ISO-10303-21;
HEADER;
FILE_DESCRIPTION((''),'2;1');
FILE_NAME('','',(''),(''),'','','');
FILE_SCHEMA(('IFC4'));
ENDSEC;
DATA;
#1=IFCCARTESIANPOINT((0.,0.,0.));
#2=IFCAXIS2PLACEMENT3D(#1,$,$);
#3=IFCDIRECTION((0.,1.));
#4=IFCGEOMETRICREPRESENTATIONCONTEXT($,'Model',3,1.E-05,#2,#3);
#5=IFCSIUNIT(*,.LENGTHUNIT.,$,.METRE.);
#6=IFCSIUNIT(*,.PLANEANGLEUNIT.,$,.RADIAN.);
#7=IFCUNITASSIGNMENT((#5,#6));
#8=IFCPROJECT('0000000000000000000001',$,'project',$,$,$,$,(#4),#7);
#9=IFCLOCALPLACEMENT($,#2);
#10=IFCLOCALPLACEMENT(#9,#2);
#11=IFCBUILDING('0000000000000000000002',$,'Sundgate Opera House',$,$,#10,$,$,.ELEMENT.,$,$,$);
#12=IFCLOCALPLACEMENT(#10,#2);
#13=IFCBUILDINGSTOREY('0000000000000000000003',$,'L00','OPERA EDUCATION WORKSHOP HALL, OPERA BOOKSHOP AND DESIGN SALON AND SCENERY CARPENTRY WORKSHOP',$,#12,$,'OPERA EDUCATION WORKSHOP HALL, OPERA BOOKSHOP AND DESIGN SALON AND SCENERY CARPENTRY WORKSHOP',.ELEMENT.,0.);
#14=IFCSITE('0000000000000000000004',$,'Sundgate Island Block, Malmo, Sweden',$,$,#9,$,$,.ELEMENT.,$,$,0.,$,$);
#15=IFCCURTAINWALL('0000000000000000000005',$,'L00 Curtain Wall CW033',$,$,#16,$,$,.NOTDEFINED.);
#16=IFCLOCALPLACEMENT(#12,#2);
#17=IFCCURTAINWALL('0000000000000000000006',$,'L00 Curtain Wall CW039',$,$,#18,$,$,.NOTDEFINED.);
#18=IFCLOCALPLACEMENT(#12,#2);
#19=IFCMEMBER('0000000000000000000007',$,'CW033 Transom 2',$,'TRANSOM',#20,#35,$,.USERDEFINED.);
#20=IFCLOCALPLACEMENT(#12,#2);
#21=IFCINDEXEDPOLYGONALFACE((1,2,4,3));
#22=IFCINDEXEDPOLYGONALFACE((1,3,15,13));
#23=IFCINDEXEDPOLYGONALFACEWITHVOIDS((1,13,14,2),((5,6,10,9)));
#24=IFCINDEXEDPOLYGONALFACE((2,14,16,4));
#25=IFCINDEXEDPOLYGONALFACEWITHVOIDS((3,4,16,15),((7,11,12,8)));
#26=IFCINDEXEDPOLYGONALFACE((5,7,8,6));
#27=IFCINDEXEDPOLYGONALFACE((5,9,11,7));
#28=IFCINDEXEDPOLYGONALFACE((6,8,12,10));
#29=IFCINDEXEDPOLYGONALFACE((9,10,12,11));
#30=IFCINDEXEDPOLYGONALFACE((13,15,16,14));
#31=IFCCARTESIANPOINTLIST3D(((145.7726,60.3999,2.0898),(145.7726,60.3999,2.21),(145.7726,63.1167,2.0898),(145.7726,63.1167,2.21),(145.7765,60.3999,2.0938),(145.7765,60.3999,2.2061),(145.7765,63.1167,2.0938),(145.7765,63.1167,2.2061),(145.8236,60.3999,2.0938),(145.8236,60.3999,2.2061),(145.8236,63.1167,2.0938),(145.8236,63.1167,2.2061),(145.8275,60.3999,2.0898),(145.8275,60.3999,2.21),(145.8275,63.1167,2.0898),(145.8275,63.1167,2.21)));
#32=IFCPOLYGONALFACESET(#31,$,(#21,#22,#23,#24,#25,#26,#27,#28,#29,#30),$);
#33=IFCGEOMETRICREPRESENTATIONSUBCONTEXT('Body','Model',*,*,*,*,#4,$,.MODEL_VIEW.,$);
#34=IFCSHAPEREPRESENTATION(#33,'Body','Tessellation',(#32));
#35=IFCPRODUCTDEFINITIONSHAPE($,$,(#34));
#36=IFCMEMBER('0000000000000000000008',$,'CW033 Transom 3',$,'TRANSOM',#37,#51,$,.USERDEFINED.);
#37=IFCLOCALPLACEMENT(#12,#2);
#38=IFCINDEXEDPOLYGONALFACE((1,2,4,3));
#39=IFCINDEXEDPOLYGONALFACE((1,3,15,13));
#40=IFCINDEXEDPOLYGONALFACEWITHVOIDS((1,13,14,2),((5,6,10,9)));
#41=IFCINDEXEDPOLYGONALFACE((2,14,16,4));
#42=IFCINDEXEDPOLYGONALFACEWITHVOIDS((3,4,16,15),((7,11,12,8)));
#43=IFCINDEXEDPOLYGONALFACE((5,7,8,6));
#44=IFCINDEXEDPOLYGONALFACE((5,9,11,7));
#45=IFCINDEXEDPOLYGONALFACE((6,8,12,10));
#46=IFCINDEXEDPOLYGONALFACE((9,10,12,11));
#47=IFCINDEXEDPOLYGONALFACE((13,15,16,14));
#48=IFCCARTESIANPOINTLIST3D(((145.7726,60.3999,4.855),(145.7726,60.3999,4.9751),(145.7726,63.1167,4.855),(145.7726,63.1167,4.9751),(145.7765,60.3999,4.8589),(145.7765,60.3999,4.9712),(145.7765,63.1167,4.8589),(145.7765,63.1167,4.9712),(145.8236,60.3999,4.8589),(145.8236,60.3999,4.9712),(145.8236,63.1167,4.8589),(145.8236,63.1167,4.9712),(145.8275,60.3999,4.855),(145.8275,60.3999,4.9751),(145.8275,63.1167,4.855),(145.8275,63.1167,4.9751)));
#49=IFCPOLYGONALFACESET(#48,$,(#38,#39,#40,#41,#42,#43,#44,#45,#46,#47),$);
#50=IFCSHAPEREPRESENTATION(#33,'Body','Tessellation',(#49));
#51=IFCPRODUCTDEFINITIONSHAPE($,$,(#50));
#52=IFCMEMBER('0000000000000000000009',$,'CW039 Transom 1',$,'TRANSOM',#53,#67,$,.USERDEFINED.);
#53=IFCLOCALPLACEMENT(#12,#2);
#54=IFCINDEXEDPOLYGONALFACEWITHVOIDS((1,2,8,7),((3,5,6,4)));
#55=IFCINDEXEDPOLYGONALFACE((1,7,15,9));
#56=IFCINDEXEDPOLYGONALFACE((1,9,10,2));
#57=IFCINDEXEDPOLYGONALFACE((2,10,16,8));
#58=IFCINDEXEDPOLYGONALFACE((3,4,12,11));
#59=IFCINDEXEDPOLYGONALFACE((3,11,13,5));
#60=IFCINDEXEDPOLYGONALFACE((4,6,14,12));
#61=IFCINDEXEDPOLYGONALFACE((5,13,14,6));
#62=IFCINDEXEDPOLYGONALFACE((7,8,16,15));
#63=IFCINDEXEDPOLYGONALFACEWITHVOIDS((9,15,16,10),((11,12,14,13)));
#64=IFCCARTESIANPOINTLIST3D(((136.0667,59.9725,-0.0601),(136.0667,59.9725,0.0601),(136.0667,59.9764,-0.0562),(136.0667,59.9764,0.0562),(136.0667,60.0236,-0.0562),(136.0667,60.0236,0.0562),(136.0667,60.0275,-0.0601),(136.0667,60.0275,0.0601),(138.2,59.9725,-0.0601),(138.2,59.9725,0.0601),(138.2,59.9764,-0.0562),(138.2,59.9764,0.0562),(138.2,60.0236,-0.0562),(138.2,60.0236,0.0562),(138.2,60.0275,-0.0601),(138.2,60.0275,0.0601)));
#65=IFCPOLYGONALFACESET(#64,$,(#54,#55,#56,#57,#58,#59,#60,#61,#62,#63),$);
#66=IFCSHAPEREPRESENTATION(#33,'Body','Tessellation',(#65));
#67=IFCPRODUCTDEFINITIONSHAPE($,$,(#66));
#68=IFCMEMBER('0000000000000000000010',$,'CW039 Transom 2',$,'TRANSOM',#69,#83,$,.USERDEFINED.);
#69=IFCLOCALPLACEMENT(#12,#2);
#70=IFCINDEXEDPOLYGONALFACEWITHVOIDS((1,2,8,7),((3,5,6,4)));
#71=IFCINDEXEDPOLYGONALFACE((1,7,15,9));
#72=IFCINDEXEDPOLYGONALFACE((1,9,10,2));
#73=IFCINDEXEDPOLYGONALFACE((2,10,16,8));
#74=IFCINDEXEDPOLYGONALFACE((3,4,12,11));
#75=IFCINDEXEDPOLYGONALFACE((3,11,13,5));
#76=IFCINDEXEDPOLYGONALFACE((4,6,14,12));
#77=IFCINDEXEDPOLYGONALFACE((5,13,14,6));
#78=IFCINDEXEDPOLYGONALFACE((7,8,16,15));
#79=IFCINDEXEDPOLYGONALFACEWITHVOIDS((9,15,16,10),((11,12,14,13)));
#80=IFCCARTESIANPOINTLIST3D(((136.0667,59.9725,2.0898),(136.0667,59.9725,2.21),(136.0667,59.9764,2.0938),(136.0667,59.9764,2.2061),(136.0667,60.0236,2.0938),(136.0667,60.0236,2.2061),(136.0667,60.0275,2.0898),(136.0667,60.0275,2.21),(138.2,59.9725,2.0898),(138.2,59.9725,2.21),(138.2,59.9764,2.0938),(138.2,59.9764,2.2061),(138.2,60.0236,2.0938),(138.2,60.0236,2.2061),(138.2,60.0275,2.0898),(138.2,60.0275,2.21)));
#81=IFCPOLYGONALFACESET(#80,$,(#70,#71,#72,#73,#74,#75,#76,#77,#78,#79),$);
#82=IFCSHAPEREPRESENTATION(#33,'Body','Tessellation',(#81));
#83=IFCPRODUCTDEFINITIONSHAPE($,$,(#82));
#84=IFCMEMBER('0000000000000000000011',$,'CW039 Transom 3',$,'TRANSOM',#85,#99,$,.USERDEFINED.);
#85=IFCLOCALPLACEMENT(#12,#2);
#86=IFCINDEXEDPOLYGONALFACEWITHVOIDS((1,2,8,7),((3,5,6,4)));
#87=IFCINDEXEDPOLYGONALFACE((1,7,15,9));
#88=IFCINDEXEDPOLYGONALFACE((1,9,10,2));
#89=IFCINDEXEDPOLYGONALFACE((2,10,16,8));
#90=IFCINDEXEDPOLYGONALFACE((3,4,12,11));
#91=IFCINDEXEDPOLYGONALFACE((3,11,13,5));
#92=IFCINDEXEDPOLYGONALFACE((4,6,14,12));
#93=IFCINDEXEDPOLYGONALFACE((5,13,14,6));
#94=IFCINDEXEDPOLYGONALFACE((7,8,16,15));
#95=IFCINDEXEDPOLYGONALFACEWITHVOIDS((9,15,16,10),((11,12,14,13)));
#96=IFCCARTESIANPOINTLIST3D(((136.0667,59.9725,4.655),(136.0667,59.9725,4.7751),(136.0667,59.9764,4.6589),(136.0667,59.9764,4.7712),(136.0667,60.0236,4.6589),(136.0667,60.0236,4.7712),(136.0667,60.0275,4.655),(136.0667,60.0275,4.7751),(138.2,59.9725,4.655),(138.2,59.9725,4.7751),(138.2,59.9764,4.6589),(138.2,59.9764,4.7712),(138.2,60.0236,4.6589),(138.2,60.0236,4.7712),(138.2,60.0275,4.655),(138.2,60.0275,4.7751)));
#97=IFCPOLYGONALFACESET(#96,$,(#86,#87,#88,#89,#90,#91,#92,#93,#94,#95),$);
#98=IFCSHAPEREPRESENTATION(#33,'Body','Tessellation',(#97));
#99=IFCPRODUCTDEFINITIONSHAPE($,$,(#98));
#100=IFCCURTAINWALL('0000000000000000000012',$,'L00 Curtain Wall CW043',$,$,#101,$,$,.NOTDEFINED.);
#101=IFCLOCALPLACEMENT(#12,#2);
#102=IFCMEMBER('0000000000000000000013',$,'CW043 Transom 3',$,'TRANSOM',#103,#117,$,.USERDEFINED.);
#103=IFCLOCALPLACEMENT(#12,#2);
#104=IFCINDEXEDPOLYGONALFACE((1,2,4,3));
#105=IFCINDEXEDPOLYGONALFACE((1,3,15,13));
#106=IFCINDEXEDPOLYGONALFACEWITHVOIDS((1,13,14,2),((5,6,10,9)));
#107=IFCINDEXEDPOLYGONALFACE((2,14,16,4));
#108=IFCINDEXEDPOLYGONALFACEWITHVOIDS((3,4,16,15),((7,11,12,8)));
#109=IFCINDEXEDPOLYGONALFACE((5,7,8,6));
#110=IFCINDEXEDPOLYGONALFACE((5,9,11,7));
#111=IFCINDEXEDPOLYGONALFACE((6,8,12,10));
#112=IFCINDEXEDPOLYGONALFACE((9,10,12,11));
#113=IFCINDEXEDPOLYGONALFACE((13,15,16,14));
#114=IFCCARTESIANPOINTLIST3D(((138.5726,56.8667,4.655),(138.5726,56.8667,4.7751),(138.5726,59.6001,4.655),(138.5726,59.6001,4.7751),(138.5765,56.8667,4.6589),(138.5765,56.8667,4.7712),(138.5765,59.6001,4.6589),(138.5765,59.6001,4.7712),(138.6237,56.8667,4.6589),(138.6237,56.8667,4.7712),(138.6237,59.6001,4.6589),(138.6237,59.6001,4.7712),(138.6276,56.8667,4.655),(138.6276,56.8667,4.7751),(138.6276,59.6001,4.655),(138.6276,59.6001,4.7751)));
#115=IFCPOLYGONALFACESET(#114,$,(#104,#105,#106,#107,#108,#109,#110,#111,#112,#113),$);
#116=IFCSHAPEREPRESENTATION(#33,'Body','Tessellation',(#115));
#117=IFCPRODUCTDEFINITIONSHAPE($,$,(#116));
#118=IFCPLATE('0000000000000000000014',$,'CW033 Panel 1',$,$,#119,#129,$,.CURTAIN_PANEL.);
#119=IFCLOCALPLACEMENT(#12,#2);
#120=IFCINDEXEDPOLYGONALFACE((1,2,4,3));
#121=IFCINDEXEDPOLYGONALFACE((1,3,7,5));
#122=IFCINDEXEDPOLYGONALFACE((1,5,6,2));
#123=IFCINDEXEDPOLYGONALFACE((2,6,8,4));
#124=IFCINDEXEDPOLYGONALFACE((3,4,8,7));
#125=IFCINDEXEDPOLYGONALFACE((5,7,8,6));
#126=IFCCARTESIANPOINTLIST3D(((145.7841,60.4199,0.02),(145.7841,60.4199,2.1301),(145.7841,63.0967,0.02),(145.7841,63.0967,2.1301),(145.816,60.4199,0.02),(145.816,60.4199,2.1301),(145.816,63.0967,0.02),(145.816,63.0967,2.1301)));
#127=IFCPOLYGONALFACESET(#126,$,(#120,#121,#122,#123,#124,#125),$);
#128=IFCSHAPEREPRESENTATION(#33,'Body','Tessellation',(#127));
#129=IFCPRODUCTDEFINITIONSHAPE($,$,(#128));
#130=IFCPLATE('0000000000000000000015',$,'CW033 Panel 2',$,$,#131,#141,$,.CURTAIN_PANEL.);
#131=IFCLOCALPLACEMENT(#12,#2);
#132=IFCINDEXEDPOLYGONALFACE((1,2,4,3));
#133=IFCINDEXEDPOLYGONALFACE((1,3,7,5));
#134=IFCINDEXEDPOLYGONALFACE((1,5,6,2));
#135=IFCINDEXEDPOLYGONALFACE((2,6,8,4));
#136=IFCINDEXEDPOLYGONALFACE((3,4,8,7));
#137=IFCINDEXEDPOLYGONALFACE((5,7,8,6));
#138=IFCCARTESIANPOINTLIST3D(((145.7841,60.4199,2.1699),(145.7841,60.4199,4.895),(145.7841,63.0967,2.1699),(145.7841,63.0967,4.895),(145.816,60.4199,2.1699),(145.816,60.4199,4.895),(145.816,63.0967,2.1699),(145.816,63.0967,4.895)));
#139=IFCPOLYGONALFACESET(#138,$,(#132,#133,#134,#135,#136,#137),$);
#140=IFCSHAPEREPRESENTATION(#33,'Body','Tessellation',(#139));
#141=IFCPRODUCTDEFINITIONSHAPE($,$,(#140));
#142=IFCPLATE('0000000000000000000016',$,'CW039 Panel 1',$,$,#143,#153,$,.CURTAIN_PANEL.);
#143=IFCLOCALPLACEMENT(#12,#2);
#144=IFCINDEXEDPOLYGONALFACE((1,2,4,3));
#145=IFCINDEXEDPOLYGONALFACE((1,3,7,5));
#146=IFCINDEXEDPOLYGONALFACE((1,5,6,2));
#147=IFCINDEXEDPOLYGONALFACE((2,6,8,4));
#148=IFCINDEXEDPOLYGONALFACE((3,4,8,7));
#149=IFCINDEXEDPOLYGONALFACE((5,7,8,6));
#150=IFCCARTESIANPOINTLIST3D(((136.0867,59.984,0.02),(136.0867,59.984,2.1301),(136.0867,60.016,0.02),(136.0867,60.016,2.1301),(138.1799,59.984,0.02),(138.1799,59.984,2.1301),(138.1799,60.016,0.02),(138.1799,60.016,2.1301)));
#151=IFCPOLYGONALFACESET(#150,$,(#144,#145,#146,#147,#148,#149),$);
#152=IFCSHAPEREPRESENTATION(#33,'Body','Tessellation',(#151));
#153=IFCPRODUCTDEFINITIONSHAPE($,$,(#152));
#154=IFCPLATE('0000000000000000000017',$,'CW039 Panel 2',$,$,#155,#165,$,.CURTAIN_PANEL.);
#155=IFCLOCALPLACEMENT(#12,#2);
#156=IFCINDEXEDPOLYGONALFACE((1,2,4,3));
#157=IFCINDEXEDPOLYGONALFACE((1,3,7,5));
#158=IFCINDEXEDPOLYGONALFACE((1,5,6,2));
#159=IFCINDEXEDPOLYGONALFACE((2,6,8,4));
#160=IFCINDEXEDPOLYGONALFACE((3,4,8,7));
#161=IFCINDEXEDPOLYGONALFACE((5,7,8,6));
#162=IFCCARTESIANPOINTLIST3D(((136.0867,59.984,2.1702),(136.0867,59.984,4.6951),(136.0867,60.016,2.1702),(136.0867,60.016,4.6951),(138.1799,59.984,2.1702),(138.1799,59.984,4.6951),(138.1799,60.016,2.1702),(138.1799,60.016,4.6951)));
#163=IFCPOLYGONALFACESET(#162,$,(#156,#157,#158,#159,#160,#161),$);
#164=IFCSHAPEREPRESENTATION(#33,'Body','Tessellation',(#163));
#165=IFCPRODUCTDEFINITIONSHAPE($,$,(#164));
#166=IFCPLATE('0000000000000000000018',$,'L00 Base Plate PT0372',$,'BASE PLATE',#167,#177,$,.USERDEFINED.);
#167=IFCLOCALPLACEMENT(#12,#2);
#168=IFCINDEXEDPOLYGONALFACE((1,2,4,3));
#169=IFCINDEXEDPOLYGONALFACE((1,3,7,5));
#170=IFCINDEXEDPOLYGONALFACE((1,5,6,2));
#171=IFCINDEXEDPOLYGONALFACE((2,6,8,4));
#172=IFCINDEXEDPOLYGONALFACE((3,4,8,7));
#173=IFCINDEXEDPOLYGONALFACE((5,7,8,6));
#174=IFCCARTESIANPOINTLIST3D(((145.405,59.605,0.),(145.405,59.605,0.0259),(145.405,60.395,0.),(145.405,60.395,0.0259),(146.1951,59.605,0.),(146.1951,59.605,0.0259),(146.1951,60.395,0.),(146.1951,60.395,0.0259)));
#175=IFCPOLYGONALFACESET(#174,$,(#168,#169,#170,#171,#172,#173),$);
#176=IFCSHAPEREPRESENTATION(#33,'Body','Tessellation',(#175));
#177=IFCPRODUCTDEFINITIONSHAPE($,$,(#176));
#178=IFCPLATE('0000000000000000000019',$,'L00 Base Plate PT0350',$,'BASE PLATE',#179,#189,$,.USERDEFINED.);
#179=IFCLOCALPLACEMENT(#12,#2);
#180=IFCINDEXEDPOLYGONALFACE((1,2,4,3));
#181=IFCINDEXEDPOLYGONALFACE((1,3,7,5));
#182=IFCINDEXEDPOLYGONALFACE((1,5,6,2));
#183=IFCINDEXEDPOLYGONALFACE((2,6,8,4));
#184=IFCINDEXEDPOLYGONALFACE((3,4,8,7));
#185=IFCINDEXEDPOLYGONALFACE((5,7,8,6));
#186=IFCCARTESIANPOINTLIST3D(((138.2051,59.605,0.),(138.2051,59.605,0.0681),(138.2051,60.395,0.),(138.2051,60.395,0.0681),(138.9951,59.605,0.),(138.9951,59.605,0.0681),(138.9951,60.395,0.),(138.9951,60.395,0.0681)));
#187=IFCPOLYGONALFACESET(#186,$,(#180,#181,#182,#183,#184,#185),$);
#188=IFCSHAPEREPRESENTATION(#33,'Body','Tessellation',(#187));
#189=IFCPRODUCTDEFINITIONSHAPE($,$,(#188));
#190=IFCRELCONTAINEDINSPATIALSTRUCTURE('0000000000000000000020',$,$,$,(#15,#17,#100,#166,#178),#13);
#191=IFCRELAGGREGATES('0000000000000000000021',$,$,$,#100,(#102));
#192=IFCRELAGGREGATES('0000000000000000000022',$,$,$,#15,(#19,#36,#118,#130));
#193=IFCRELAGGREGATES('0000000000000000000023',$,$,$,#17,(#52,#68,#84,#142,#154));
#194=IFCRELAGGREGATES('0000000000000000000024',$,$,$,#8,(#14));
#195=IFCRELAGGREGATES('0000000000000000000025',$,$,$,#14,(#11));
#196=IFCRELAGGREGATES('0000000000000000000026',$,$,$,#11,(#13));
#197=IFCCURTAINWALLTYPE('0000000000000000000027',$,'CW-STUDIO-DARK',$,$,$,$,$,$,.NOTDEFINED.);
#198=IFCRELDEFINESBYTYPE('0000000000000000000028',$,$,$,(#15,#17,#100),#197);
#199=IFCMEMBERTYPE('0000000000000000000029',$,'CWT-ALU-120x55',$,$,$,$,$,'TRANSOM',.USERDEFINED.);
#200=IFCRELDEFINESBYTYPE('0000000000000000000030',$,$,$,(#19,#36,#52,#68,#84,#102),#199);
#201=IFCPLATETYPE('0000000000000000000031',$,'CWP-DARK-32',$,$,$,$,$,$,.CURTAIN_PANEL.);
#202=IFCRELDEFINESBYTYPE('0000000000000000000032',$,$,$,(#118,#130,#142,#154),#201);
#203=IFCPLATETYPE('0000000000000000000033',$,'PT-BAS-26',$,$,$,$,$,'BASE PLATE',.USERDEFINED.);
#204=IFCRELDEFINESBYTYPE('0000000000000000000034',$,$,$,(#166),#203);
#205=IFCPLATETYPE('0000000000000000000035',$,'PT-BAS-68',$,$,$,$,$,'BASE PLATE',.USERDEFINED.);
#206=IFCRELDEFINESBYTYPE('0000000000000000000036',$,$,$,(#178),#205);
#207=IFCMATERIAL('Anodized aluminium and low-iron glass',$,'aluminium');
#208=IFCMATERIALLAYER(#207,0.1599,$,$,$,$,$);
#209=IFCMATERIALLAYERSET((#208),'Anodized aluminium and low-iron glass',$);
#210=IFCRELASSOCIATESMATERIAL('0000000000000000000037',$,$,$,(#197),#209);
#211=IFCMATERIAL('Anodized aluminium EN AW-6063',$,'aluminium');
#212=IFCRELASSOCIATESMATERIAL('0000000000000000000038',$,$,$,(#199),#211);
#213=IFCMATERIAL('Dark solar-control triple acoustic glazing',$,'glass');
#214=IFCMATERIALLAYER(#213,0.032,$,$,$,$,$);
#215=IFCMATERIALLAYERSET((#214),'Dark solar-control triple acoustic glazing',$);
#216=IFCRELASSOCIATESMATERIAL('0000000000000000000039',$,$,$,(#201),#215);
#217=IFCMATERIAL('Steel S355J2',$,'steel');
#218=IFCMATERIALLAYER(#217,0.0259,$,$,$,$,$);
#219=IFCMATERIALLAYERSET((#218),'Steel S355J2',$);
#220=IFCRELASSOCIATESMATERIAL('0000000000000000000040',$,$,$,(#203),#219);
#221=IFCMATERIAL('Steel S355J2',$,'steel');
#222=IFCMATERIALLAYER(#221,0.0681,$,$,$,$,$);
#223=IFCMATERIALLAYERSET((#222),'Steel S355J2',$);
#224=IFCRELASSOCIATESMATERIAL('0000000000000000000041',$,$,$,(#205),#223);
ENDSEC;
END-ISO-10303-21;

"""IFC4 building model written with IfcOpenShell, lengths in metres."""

from ifc_helpers import new_model, si_unit, direction, frame, origin, origin_2d, place, context, subcontext, project, spatial, rectangle, hollow_rectangle, extrude, material, layer, layer_set, material_profile, profile_set, type_object, element, aggregate, save


model = new_model("IFC4")

# Units and contexts
model_context = context("Model", 3, precision=1e-05, world=origin(), true_north=direction((0.0, 1.0)))
body_context = subcontext(model_context, "Body", "Model", "MODEL_VIEW")
ifc_project = project(units=[si_unit("LENGTHUNIT", "METRE"), si_unit("PLANEANGLEUNIT", "RADIAN")], contexts=[model_context])

# Site, building, storey
site_placement = place(None, origin())
site = spatial("IfcSite", under=ifc_project, at=site_placement, Name="Sundgate Island Block, Malmo, Sweden", CompositionType="ELEMENT", RefElevation=0.0)
building_placement = place(site_placement, origin())
building = spatial("IfcBuilding", under=site, at=building_placement, Name="Sundgate Opera House", CompositionType="ELEMENT")
storey_placement = place(building_placement, origin())
storey = spatial("IfcBuildingStorey", under=building, at=storey_placement, Name="L00", Description="OPERA EDUCATION WORKSHOP HALL, OPERA BOOKSHOP AND DESIGN SALON AND SCENERY CARPENTRY WORKSHOP", LongName="OPERA EDUCATION WORKSHOP HALL, OPERA BOOKSHOP AND DESIGN SALON AND SCENERY CARPENTRY WORKSHOP", CompositionType="ELEMENT", Elevation=0.0)

# Curtain walls
ifc_material_1 = material(Name="Anodized aluminium and low-iron glass", Category="aluminium")
ifc_layer_1 = layer(ifc_material_1, 0.1599)
ifc_layer_set_1 = layer_set([ifc_layer_1], Name="Anodized aluminium and low-iron glass")
curtain_wall_type = type_object("IfcCurtainWallType", Name="CW-STUDIO-DARK", PredefinedType="NOTDEFINED", material=ifc_layer_set_1)
curtain_wall_1_placement = place(storey_placement, origin())
curtain_wall_1 = element("IfcCurtainWall", 1, at=curtain_wall_1_placement, inside=storey, type_object=curtain_wall_type, Name="L00 Curtain Wall CW033", PredefinedType="NOTDEFINED")
curtain_wall_2_placement = place(storey_placement, origin())
curtain_wall_2 = element("IfcCurtainWall", 2, at=curtain_wall_2_placement, inside=storey, type_object=curtain_wall_type, Name="L00 Curtain Wall CW039", PredefinedType="NOTDEFINED")

# Members
ifc_material_2 = material(Name="Anodized aluminium EN AW-6063", Category="aluminium")
ifc_material_profile_1 = material_profile(ifc_material_2, hollow_rectangle(XDim=0.0549, YDim=0.1201, WallThickness=0.0039, at=origin_2d()), Name="CWT 120x55x4")
ifc_profile_set_1 = profile_set([ifc_material_profile_1], Name="Anodized aluminium EN AW-6063")
member_type_1 = type_object("IfcMemberType", Name="CWT-ALU-120x55", ElementType="TRANSOM", PredefinedType="USERDEFINED", material=ifc_profile_set_1)
member_1_placement = place(storey_placement, frame((145.8, 60.3999, 2.1499), z_axis=(0.0, 1.0, 0.0), x_axis=(-1.0, 0.0, 0.0)))
member_1 = element("IfcMember", 3, at=member_1_placement, type_object=member_type_1, Name="CW033 Transom 2", ObjectType="TRANSOM", PredefinedType="USERDEFINED", context=body_context, shape_type="SweptSolid", body=[
    extrude(hollow_rectangle(XDim=0.0549, YDim=0.1201, WallThickness=0.0039, at=origin_2d()), origin(), (0.0, 0.0, 1.0), 2.7168),
])
member_2_placement = place(storey_placement, frame((145.8, 60.3999, 4.915), z_axis=(0.0, 1.0, 0.0), x_axis=(-1.0, 0.0, 0.0)))
member_2 = element("IfcMember", 4, at=member_2_placement, type_object=member_type_1, Name="CW033 Transom 3", ObjectType="TRANSOM", PredefinedType="USERDEFINED", context=body_context, shape_type="SweptSolid", body=[
    extrude(hollow_rectangle(XDim=0.0549, YDim=0.1201, WallThickness=0.0039, at=origin_2d()), origin(), (0.0, 0.0, 1.0), 2.7168),
])
member_3_placement = place(storey_placement, frame((138.2, 60.0, 0.0), z_axis=(-1.0, 0.0, 0.0), x_axis=(0.0, -1.0, 0.0)))
member_3 = element("IfcMember", 5, at=member_3_placement, type_object=member_type_1, Name="CW039 Transom 1", ObjectType="TRANSOM", PredefinedType="USERDEFINED", context=body_context, shape_type="SweptSolid", body=[
    extrude(hollow_rectangle(XDim=0.0549, YDim=0.1201, WallThickness=0.0039, at=origin_2d()), origin(), (0.0, 0.0, 1.0), 2.1333),
])
member_4_placement = place(storey_placement, frame((138.2, 60.0, 2.1499), z_axis=(-1.0, 0.0, 0.0), x_axis=(0.0, -1.0, 0.0)))
member_4 = element("IfcMember", 6, at=member_4_placement, type_object=member_type_1, Name="CW039 Transom 2", ObjectType="TRANSOM", PredefinedType="USERDEFINED", context=body_context, shape_type="SweptSolid", body=[
    extrude(hollow_rectangle(XDim=0.0549, YDim=0.1201, WallThickness=0.0039, at=origin_2d()), origin(), (0.0, 0.0, 1.0), 2.1333),
])
member_5_placement = place(storey_placement, frame((138.2, 60.0, 4.7151), z_axis=(-1.0, 0.0, 0.0), x_axis=(0.0, -1.0, 0.0)))
member_5 = element("IfcMember", 7, at=member_5_placement, type_object=member_type_1, Name="CW039 Transom 3", ObjectType="TRANSOM", PredefinedType="USERDEFINED", context=body_context, shape_type="SweptSolid", body=[
    extrude(hollow_rectangle(XDim=0.0549, YDim=0.1201, WallThickness=0.0039, at=origin_2d()), origin(), (0.0, 0.0, 1.0), 2.1333),
])

# Curtain wall, member
curtain_wall_3_placement = place(storey_placement, origin())
curtain_wall_3 = element("IfcCurtainWall", 8, at=curtain_wall_3_placement, inside=storey, type_object=curtain_wall_type, Name="L00 Curtain Wall CW043", PredefinedType="NOTDEFINED")
member_6_placement = place(storey_placement, frame((138.6001, 59.6001, 4.7151), z_axis=(0.0, -1.0, 0.0), x_axis=(1.0, 0.0, 0.0)))
member_6 = element("IfcMember", 9, at=member_6_placement, type_object=member_type_1, Name="CW043 Transom 3", ObjectType="TRANSOM", PredefinedType="USERDEFINED", context=body_context, shape_type="SweptSolid", body=[
    extrude(hollow_rectangle(XDim=0.0549, YDim=0.1201, WallThickness=0.0039, at=origin_2d()), origin(), (0.0, 0.0, 1.0), 2.7334),
])
aggregate(curtain_wall_3, [member_6])

# Plates
ifc_material_3 = material(Name="Dark solar-control triple acoustic glazing", Category="glass")
ifc_layer_2 = layer(ifc_material_3, 0.032)
ifc_layer_set_2 = layer_set([ifc_layer_2], Name="Dark solar-control triple acoustic glazing")
plate_type_1 = type_object("IfcPlateType", Name="CWP-DARK-32", PredefinedType="CURTAIN_PANEL", material=ifc_layer_set_2)
plate_1_placement = place(storey_placement, frame((145.8, 61.7583, 0.02), z_axis=(0.0, 0.0, 1.0), x_axis=(0.0, 1.0, 0.0)))
plate_1 = element("IfcPlate", 10, at=plate_1_placement, type_object=plate_type_1, Name="CW033 Panel 1", PredefinedType="CURTAIN_PANEL", context=body_context, shape_type="SweptSolid", body=[
    extrude(rectangle(XDim=2.6768, YDim=0.032, at=origin_2d()), origin(), (0.0, 0.0, 1.0), 2.1101),
])
plate_2_placement = place(storey_placement, frame((145.8, 61.7583, 2.1699), z_axis=(0.0, 0.0, 1.0), x_axis=(0.0, 1.0, 0.0)))
plate_2 = element("IfcPlate", 11, at=plate_2_placement, type_object=plate_type_1, Name="CW033 Panel 2", PredefinedType="CURTAIN_PANEL", context=body_context, shape_type="SweptSolid", body=[
    extrude(rectangle(XDim=2.6768, YDim=0.032, at=origin_2d()), origin(), (0.0, 0.0, 1.0), 2.7251),
])
aggregate(curtain_wall_1, [member_1, member_2, plate_1, plate_2])
plate_3_placement = place(storey_placement, frame((137.1333, 60.0, 0.02), z_axis=(0.0, 0.0, 1.0), x_axis=(-1.0, 0.0, 0.0)))
plate_3 = element("IfcPlate", 12, at=plate_3_placement, type_object=plate_type_1, Name="CW039 Panel 1", PredefinedType="CURTAIN_PANEL", context=body_context, shape_type="SweptSolid", body=[
    extrude(rectangle(XDim=2.0933, YDim=0.032, at=origin_2d()), origin(), (0.0, 0.0, 1.0), 2.1101),
])
plate_4_placement = place(storey_placement, frame((137.1333, 60.0, 2.1702), z_axis=(0.0, 0.0, 1.0), x_axis=(-1.0, 0.0, 0.0)))
plate_4 = element("IfcPlate", 13, at=plate_4_placement, type_object=plate_type_1, Name="CW039 Panel 2", PredefinedType="CURTAIN_PANEL", context=body_context, shape_type="SweptSolid", body=[
    extrude(rectangle(XDim=2.0933, YDim=0.032, at=origin_2d()), origin(), (0.0, 0.0, 1.0), 2.5249),
])
aggregate(curtain_wall_2, [member_3, member_4, member_5, plate_3, plate_4])

# Plates
ifc_material_4 = material(Name="Steel S355J2", Category="steel")
ifc_layer_3 = layer(ifc_material_4, 0.0259)
ifc_layer_set_3 = layer_set([ifc_layer_3], Name="Steel S355J2")
plate_type_2 = type_object("IfcPlateType", Name="PT-BAS-26", ElementType="BASE PLATE", PredefinedType="USERDEFINED", material=ifc_layer_set_3)
plate_5_placement = place(storey_placement, frame((145.8, 60.0, 0.0), z_axis=(0.0, 0.0, 1.0), x_axis=(1.0, 0.0, 0.0)))
element("IfcPlate", 14, at=plate_5_placement, inside=storey, type_object=plate_type_2, Name="L00 Base Plate PT0372", ObjectType="BASE PLATE", PredefinedType="USERDEFINED", context=body_context, shape_type="SweptSolid", body=[
    extrude(rectangle(XDim=0.79, YDim=0.79, at=origin_2d()), origin(), (0.0, 0.0, 1.0), 0.0259),
])
ifc_material_5 = material(Name="Steel S355J2", Category="steel")
ifc_layer_4 = layer(ifc_material_5, 0.0681)
ifc_layer_set_4 = layer_set([ifc_layer_4], Name="Steel S355J2")
plate_type_3 = type_object("IfcPlateType", Name="PT-BAS-68", ElementType="BASE PLATE", PredefinedType="USERDEFINED", material=ifc_layer_set_4)
plate_6_placement = place(storey_placement, frame((138.6001, 60.0, 0.0), z_axis=(0.0, 0.0, 1.0), x_axis=(1.0, 0.0, 0.0)))
element("IfcPlate", 15, at=plate_6_placement, inside=storey, type_object=plate_type_3, Name="L00 Base Plate PT0350", ObjectType="BASE PLATE", PredefinedType="USERDEFINED", context=body_context, shape_type="SweptSolid", body=[
    extrude(rectangle(XDim=0.79, YDim=0.79, at=origin_2d()), origin(), (0.0, 0.0, 1.0), 0.0681),
])

save(model, "model.ifc")
